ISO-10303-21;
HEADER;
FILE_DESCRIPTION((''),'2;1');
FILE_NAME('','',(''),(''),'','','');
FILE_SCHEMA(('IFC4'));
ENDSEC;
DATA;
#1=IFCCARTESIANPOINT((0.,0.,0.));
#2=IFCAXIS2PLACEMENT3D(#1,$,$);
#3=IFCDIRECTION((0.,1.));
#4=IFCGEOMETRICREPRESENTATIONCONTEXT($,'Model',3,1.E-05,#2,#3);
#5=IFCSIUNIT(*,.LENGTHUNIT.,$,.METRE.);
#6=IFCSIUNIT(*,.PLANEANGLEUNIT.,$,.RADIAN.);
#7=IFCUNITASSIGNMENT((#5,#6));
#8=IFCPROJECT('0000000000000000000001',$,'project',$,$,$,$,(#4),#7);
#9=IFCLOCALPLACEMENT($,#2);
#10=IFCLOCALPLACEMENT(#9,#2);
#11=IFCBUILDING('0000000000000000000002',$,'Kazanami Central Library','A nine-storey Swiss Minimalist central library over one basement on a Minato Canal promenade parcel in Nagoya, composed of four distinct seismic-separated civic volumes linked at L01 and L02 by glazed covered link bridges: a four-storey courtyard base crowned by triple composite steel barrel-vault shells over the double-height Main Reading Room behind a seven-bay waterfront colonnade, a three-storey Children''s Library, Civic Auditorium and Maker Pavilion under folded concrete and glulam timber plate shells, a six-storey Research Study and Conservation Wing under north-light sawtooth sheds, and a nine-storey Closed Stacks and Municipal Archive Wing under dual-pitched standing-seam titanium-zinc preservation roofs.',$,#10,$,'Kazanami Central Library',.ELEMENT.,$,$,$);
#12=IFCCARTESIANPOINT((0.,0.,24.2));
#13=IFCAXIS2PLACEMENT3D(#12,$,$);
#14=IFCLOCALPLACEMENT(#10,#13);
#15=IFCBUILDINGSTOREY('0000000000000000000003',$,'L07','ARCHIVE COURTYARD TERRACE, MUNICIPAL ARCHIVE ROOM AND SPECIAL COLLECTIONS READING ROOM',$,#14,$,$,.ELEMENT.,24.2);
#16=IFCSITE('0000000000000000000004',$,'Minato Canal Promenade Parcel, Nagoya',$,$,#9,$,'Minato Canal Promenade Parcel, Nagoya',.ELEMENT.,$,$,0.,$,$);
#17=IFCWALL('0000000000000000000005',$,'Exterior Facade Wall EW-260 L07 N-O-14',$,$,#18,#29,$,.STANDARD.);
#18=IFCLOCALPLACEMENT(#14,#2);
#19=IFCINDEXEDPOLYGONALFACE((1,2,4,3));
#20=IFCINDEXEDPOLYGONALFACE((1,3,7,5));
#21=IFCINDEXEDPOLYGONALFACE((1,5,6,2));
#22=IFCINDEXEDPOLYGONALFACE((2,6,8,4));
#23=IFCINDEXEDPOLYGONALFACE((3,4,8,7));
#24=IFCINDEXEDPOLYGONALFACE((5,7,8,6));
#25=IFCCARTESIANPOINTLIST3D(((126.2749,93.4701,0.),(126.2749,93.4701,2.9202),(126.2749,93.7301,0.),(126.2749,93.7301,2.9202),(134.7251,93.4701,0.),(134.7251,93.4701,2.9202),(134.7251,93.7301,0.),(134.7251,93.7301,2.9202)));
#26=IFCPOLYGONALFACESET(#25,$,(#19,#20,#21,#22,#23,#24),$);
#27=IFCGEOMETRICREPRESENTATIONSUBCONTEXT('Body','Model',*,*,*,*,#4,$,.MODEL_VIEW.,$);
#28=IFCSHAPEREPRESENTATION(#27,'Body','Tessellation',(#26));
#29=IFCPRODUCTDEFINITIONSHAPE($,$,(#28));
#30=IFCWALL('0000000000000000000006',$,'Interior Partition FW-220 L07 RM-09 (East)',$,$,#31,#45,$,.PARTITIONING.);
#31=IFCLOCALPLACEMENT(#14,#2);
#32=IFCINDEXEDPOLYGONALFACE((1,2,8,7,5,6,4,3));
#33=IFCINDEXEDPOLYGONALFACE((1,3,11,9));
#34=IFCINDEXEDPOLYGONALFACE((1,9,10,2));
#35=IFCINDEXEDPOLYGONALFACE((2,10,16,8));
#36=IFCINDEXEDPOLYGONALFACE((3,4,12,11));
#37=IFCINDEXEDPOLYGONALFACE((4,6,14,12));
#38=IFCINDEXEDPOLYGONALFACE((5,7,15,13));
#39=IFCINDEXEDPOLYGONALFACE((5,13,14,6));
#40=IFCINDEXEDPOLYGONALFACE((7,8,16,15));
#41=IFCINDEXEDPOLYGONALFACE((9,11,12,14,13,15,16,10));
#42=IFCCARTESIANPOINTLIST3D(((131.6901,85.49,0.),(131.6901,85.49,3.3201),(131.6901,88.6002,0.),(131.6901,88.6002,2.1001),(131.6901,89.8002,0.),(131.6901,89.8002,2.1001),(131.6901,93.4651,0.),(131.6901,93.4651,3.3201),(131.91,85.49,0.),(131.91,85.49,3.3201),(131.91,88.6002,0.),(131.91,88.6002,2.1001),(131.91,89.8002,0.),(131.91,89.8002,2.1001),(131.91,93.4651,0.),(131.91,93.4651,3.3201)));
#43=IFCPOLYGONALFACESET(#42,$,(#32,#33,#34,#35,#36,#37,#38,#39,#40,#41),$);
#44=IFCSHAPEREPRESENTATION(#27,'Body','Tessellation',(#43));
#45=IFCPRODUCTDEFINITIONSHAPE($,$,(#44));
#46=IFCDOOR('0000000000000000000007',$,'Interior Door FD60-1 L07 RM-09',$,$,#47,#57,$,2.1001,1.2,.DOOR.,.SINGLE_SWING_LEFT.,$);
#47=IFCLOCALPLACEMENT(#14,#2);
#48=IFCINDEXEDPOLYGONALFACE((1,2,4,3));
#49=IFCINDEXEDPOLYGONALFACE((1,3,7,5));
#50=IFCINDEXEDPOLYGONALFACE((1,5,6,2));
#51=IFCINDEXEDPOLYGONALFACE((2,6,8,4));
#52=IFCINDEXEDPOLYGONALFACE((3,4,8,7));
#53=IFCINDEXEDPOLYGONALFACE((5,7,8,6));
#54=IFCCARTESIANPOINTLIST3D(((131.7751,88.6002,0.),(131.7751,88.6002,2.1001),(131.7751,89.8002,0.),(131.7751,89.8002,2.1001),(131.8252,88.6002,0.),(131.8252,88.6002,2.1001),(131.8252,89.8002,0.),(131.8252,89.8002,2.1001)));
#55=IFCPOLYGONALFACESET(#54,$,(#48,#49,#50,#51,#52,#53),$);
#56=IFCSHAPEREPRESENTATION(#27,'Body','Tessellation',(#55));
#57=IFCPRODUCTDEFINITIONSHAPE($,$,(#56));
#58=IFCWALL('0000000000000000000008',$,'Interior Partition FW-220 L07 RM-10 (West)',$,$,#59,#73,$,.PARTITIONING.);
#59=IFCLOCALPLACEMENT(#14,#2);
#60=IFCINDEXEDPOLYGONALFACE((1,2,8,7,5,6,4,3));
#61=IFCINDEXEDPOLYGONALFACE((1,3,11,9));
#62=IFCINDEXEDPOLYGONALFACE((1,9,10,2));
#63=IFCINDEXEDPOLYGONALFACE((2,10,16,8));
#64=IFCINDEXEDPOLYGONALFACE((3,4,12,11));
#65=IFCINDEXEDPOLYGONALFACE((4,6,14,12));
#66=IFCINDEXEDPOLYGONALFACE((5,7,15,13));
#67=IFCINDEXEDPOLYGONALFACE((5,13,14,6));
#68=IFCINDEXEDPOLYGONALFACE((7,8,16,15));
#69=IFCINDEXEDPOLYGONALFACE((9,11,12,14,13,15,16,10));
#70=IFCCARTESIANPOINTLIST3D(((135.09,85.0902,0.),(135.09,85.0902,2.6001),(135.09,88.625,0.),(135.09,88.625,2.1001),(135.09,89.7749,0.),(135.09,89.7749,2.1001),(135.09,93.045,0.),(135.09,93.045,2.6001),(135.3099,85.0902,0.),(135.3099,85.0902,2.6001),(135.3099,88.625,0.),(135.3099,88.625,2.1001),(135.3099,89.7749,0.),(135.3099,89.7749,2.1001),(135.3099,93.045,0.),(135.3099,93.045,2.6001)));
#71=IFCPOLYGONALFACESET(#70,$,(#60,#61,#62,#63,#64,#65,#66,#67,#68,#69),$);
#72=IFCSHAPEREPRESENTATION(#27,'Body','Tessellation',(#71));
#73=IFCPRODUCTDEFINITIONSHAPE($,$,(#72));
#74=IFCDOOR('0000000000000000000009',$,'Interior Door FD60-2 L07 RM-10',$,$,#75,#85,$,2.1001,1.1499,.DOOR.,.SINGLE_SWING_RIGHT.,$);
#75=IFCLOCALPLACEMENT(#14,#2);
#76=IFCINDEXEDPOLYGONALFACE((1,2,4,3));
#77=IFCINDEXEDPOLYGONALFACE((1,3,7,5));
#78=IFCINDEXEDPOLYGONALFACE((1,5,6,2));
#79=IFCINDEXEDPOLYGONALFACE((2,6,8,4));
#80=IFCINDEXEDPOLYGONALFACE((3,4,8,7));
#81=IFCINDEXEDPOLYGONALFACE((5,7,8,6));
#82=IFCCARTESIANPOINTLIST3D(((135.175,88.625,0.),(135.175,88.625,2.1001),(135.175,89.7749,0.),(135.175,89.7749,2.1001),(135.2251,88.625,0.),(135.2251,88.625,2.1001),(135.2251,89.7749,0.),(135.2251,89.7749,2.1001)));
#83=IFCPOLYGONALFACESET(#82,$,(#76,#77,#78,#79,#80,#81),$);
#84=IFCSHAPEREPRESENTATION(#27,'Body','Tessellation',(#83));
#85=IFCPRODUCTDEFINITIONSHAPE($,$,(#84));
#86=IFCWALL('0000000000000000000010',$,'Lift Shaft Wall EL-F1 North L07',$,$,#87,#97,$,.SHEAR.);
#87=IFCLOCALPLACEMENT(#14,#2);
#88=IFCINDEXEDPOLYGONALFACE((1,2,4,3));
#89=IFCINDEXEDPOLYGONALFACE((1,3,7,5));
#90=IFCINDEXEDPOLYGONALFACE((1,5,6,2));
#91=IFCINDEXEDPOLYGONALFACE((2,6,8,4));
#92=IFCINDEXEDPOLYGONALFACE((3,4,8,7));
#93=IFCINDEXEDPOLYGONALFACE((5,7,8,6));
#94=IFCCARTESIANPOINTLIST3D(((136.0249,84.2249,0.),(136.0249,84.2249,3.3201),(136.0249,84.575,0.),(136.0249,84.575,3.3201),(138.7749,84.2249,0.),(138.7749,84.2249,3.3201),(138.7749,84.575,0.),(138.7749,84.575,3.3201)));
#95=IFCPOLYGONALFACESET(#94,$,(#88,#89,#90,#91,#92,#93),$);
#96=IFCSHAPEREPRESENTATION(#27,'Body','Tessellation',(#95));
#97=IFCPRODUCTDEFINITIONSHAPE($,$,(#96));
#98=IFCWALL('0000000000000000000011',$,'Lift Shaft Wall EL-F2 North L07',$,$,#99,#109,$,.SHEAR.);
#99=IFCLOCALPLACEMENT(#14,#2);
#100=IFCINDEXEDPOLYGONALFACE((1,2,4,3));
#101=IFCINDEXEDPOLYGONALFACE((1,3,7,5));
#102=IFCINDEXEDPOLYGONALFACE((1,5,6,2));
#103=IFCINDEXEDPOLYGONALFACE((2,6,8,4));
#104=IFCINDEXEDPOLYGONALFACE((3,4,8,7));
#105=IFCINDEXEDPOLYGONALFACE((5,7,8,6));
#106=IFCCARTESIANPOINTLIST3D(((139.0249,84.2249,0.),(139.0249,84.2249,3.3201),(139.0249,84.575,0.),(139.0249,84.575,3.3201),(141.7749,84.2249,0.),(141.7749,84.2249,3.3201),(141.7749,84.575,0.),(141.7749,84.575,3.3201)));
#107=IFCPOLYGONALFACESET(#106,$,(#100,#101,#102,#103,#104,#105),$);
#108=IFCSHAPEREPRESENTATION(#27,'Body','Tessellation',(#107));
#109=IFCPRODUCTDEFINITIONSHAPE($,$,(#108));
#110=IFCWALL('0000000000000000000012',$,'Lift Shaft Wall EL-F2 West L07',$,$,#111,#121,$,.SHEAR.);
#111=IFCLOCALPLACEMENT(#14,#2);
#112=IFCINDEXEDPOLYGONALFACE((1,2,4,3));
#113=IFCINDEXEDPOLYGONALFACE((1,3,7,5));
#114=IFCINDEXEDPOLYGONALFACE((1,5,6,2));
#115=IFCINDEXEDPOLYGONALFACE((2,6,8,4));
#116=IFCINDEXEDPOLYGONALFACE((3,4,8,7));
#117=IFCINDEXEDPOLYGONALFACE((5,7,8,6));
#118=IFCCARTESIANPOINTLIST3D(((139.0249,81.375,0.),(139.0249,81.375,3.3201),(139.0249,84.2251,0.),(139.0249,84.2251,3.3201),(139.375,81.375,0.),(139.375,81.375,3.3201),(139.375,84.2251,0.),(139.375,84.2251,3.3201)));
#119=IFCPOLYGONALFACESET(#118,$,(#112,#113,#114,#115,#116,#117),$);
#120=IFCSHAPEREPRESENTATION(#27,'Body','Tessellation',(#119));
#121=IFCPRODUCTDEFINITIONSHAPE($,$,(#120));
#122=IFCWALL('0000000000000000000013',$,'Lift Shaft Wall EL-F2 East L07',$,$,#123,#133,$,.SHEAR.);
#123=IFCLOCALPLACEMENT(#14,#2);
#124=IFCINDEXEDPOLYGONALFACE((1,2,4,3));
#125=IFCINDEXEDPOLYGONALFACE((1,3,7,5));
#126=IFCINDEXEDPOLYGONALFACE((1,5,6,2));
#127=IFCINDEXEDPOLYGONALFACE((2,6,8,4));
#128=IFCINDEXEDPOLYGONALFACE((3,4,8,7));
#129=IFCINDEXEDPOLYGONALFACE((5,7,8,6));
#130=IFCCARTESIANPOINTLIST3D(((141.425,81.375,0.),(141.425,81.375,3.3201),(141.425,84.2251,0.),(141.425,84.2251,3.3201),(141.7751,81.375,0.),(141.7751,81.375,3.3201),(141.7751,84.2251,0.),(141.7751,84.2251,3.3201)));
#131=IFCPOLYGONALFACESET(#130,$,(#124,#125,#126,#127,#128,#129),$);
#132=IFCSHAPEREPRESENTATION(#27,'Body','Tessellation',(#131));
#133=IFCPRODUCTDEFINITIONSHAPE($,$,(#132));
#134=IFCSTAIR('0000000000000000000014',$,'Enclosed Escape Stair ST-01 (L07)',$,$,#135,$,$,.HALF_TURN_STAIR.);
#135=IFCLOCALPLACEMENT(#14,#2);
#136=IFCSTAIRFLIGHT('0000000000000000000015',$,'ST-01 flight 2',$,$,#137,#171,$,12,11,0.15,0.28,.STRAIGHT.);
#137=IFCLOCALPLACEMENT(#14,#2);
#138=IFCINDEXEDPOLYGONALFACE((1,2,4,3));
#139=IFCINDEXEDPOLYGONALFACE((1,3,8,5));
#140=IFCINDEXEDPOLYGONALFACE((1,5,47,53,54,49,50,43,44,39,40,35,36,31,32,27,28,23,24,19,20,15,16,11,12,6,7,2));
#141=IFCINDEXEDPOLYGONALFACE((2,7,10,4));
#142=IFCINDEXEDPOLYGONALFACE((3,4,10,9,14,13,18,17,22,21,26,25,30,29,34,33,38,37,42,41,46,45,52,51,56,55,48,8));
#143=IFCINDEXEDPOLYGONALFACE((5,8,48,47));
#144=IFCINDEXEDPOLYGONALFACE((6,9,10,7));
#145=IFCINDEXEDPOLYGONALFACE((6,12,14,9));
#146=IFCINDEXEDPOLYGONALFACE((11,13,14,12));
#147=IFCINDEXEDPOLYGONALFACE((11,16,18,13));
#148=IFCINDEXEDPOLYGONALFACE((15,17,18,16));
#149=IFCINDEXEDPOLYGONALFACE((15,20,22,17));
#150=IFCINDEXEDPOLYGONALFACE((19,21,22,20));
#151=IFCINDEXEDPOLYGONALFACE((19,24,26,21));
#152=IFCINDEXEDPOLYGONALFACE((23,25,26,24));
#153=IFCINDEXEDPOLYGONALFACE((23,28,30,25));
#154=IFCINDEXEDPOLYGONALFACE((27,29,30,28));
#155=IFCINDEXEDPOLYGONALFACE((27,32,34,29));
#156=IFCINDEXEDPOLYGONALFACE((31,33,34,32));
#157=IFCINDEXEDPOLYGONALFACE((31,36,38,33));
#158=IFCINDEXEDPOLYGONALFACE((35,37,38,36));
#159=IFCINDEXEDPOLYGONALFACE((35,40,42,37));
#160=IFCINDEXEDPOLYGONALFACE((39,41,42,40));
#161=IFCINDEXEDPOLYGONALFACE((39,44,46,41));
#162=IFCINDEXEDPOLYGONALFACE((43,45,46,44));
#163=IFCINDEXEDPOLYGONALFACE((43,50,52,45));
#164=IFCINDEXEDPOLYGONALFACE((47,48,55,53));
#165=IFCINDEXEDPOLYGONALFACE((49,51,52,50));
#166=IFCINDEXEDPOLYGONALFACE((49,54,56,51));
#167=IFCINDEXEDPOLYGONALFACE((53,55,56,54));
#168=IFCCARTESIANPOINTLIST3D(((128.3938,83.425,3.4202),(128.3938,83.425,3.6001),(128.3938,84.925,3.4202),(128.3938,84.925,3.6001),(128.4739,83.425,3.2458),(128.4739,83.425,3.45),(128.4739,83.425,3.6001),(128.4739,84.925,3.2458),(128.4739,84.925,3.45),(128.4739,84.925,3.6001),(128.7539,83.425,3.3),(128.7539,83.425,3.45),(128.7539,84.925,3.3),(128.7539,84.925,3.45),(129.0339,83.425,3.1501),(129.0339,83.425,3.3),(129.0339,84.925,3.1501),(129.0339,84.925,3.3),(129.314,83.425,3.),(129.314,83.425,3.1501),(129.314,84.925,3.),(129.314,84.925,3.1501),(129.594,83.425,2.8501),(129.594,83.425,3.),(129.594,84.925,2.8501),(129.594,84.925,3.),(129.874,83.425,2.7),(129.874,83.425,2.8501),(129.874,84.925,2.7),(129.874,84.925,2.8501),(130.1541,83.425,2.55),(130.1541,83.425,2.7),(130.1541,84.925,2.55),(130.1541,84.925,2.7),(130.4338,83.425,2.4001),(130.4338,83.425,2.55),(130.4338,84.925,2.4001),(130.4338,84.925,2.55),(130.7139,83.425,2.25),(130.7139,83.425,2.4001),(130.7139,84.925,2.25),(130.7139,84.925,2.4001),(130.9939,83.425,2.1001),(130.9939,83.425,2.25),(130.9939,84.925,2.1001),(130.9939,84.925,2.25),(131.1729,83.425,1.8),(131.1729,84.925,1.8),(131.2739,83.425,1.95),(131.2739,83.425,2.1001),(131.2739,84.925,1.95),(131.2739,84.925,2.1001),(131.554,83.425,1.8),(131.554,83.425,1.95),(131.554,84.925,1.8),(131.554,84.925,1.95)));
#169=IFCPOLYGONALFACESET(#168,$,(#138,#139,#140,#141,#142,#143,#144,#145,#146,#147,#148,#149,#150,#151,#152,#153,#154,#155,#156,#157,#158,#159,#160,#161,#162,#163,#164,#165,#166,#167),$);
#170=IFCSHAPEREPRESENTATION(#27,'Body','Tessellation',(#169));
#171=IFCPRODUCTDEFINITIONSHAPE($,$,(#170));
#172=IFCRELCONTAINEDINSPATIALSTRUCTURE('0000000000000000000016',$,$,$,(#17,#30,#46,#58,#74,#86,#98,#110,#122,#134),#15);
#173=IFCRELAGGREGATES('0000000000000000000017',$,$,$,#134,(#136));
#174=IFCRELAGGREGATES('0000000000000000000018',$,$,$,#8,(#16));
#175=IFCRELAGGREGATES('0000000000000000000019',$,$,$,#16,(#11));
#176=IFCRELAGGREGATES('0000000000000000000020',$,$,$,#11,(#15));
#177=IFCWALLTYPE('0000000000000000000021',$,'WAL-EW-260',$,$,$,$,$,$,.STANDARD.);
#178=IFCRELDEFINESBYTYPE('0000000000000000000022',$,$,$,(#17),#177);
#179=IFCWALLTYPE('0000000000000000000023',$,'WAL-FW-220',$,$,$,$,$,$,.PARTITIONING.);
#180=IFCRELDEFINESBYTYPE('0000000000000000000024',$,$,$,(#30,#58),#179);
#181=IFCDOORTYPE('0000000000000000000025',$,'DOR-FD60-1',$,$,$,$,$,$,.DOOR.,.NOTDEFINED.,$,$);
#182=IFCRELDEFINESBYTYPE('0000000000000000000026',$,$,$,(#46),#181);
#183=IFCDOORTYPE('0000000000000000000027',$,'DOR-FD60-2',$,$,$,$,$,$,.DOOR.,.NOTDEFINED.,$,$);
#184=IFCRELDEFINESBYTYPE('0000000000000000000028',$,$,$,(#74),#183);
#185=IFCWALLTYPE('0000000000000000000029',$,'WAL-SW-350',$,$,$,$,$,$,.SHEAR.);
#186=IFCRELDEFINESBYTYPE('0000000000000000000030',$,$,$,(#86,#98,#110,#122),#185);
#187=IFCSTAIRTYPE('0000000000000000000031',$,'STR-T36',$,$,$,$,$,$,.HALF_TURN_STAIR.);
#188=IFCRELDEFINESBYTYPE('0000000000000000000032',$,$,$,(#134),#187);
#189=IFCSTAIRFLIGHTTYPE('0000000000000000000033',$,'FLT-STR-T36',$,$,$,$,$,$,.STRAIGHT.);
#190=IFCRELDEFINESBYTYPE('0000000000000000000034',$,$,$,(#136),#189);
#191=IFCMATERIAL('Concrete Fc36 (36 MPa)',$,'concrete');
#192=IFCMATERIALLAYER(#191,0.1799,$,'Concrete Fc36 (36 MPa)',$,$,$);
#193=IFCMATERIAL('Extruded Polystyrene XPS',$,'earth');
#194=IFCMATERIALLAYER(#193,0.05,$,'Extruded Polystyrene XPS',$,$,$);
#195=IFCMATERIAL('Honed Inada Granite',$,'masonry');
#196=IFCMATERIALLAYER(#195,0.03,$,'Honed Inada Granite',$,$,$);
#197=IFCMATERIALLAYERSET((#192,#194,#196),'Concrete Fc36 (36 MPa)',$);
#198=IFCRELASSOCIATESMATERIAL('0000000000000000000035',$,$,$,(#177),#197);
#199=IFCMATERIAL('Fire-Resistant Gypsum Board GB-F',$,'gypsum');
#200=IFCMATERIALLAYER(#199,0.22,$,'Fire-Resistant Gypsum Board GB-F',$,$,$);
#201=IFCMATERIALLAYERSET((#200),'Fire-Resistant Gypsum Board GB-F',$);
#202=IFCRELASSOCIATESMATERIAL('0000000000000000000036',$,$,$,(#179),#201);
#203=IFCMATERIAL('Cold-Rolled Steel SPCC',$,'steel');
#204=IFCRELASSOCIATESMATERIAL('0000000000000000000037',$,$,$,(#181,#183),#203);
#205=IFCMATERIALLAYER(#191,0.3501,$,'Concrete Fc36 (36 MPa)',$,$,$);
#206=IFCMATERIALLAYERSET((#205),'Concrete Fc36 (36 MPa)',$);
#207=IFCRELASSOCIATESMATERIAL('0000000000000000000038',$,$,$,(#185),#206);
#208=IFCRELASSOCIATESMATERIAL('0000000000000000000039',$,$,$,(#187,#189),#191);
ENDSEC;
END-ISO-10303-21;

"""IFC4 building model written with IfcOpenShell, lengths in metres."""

from ifc_helpers import new_model, si_unit, direction, frame, frame_2d, origin, place, context, subcontext, project, spatial, polyline, rectangle, outline, extrude, material, layer, layer_set, type_object, element, fill, aggregate, save


model = new_model("IFC4")

# Units and contexts
model_context = context("Model", 3, precision=1e-05, world=origin(), true_north=direction((0.0, 1.0)))
body_context = subcontext(model_context, "Body", "Model", "MODEL_VIEW")
ifc_project = project(units=[si_unit("LENGTHUNIT", "METRE"), si_unit("PLANEANGLEUNIT", "RADIAN")], contexts=[model_context])

# Site, building, storey
site_placement = place(None, origin())
site = spatial("IfcSite", under=ifc_project, at=site_placement, Name="Minato Canal Promenade Parcel, Nagoya", LongName="Minato Canal Promenade Parcel, Nagoya", CompositionType="ELEMENT", RefElevation=0.0)
building_placement = place(site_placement, origin())
building = spatial("IfcBuilding", under=site, at=building_placement, Name="Kazanami Central Library", Description="A nine-storey Swiss Minimalist central library over one basement on a Minato Canal promenade parcel in Nagoya, composed of four distinct seismic-separated civic volumes linked at L01 and L02 by glazed covered link bridges: a four-storey courtyard base crowned by triple composite steel barrel-vault shells over the double-height Main Reading Room behind a seven-bay waterfront colonnade, a three-storey Children's Library, Civic Auditorium and Maker Pavilion under folded concrete and glulam timber plate shells, a six-storey Research Study and Conservation Wing under north-light sawtooth sheds, and a nine-storey Closed Stacks and Municipal Archive Wing under dual-pitched standing-seam titanium-zinc preservation roofs.", LongName="Kazanami Central Library", CompositionType="ELEMENT")
storey_placement = place(building_placement, frame((0.0, 0.0, 24.2)))
storey = spatial("IfcBuildingStorey", under=building, at=storey_placement, Name="L07", Description="ARCHIVE COURTYARD TERRACE, MUNICIPAL ARCHIVE ROOM AND SPECIAL COLLECTIONS READING ROOM", CompositionType="ELEMENT", Elevation=24.2)

# Wall
ifc_material_1 = material(Name="Concrete Fc36 (36 MPa)", Category="concrete")
ifc_layer_1 = layer(ifc_material_1, 0.1799, Name="Concrete Fc36 (36 MPa)")
ifc_material_2 = material(Name="Extruded Polystyrene XPS", Category="earth")
ifc_layer_2 = layer(ifc_material_2, 0.05, Name="Extruded Polystyrene XPS")
ifc_material_3 = material(Name="Honed Inada Granite", Category="masonry")
ifc_layer_3 = layer(ifc_material_3, 0.03, Name="Honed Inada Granite")
ifc_layer_set_1 = layer_set([ifc_layer_1, ifc_layer_2, ifc_layer_3], Name="Concrete Fc36 (36 MPa)")
wall_type_1 = type_object("IfcWallType", Name="WAL-EW-260", PredefinedType="STANDARD", material=ifc_layer_set_1)
wall_1_placement = place(storey_placement, frame((134.7251, 93.6001, 0.0), z_axis=(0.0, 0.0, 1.0), x_axis=(-1.0, 0.0, 0.0)))
element("IfcWall", 1, at=wall_1_placement, inside=storey, type_object=wall_type_1, Name="Exterior Facade Wall EW-260 L07 N-O-14", PredefinedType="STANDARD", context=body_context, shape_type="SweptSolid", body=[
    extrude(rectangle(XDim=8.4502, YDim=0.26, at=frame_2d((4.2251, 0.0))), origin(), (0.0, 0.0, 1.0), 2.9202),
])

# Walls, openings, doors
ifc_material_4 = material(Name="Fire-Resistant Gypsum Board GB-F", Category="gypsum")
ifc_layer_4 = layer(ifc_material_4, 0.22, Name="Fire-Resistant Gypsum Board GB-F")
ifc_layer_set_2 = layer_set([ifc_layer_4], Name="Fire-Resistant Gypsum Board GB-F")
wall_type_2 = type_object("IfcWallType", Name="WAL-FW-220", PredefinedType="PARTITIONING", material=ifc_layer_set_2)
wall_2_placement = place(storey_placement, frame((131.8, 85.49, 0.0), z_axis=(0.0, 0.0, 1.0), x_axis=(0.0, 1.0, 0.0)))
wall_2 = element("IfcWall", 2, at=wall_2_placement, inside=storey, type_object=wall_type_2, Name="Interior Partition FW-220 L07 RM-09 (East)", PredefinedType="PARTITIONING", context=body_context, shape_type="SweptSolid", body=[
    extrude(rectangle(XDim=7.9751, YDim=0.22, at=frame_2d((3.9875, 0.0))), origin(), (0.0, 0.0, 1.0), 3.3201),
])
opening_1_placement = place(wall_2_placement, frame((3.1101, 0.0, 0.0)))
opening_1 = element("IfcOpeningElement", 3, at=opening_1_placement, cuts=wall_2, PredefinedType="OPENING", context=body_context, shape_type="SweptSolid", body=[
    extrude(rectangle(XDim=1.2, YDim=2.1001, at=frame_2d((0.6001, 1.05))), frame((0.0, 0.1221, 0.0), z_axis=(0.0, -1.0, 0.0), x_axis=(1.0, 0.0, 0.0)), (0.0, 0.0, 1.0), 0.2439),
])
ifc_material_5 = material(Name="Cold-Rolled Steel SPCC", Category="steel")
door_type_1 = type_object("IfcDoorType", Name="DOR-FD60-1", OperationType="NOTDEFINED", PredefinedType="DOOR", material=ifc_material_5)
door_1_placement = place(opening_1_placement, origin())
door_1 = element("IfcDoor", 4, at=door_1_placement, inside=storey, type_object=door_type_1, Name="Interior Door FD60-1 L07 RM-09", OperationType="SINGLE_SWING_LEFT", OverallHeight=2.1001, OverallWidth=1.2, PredefinedType="DOOR", context=body_context, shape_type="SweptSolid", body=[
    extrude(rectangle(XDim=1.2, YDim=2.1001, at=frame_2d((0.6001, 1.05))), frame((0.0, 0.0249, 0.0), z_axis=(0.0, -1.0, 0.0), x_axis=(1.0, 0.0, 0.0)), (0.0, 0.0, 1.0), 0.05),
])
fill(opening_1, door_1)
wall_3_placement = place(storey_placement, frame((135.2, 85.0901, 0.0), z_axis=(0.0, 0.0, 1.0), x_axis=(0.0, 1.0, 0.0)))
wall_3 = element("IfcWall", 5, at=wall_3_placement, inside=storey, type_object=wall_type_2, Name="Interior Partition FW-220 L07 RM-10 (West)", PredefinedType="PARTITIONING", context=body_context, shape_type="SweptSolid", body=[
    extrude(rectangle(XDim=7.9548, YDim=0.22, at=frame_2d((3.9775, 0.0))), origin(), (0.0, 0.0, 1.0), 2.6001),
])
opening_2_placement = place(wall_3_placement, frame((3.5349, 0.0, 0.0)))
opening_2 = element("IfcOpeningElement", 6, at=opening_2_placement, cuts=wall_3, PredefinedType="OPENING", context=body_context, shape_type="SweptSolid", body=[
    extrude(rectangle(XDim=1.1499, YDim=2.1001, at=frame_2d((0.575, 1.05))), frame((0.0, 0.1221, 0.0), z_axis=(0.0, -1.0, 0.0), x_axis=(1.0, 0.0, 0.0)), (0.0, 0.0, 1.0), 0.2439),
])
door_type_2 = type_object("IfcDoorType", Name="DOR-FD60-2", OperationType="NOTDEFINED", PredefinedType="DOOR", material=ifc_material_5)
door_2_placement = place(opening_2_placement, origin())
door_2 = element("IfcDoor", 7, at=door_2_placement, inside=storey, type_object=door_type_2, Name="Interior Door FD60-2 L07 RM-10", OperationType="SINGLE_SWING_RIGHT", OverallHeight=2.1001, OverallWidth=1.1499, PredefinedType="DOOR", context=body_context, shape_type="SweptSolid", body=[
    extrude(rectangle(XDim=1.1499, YDim=2.1001, at=frame_2d((0.575, 1.05))), frame((0.0, 0.0249, 0.0), z_axis=(0.0, -1.0, 0.0), x_axis=(1.0, 0.0, 0.0)), (0.0, 0.0, 1.0), 0.05),
])
fill(opening_2, door_2)

# Walls
ifc_layer_5 = layer(ifc_material_1, 0.3501, Name="Concrete Fc36 (36 MPa)")
ifc_layer_set_3 = layer_set([ifc_layer_5], Name="Concrete Fc36 (36 MPa)")
wall_type_3 = type_object("IfcWallType", Name="WAL-SW-350", PredefinedType="SHEAR", material=ifc_layer_set_3)
for number, where, z_axis, x_axis, name in (
    (8, (136.0249, 84.3999, 0.0), (0.0, 0.0, 1.0), (1.0, 0.0, 0.0), "Lift Shaft Wall EL-F1 North L07"),
    (9, (139.0249, 84.3999, 0.0), (0.0, 0.0, 1.0), (1.0, 0.0, 0.0), "Lift Shaft Wall EL-F2 North L07"),
):
    element("IfcWall", number, at=place(storey_placement, frame(where, z_axis=z_axis, x_axis=x_axis)), inside=storey, type_object=wall_type_3, Name=name, PredefinedType="SHEAR", context=body_context, shape_type="SweptSolid", body=[
        extrude(rectangle(XDim=2.75, YDim=0.3501, at=frame_2d((1.375, 0.0))), origin(), (0.0, 0.0, 1.0), 3.3201),
    ])
for number, where, z_axis, x_axis, name in (
    (10, (139.2, 81.375, 0.0), (0.0, 0.0, 1.0), (0.0, 1.0, 0.0), "Lift Shaft Wall EL-F2 West L07"),
    (11, (141.6001, 81.375, 0.0), (0.0, 0.0, 1.0), (0.0, 1.0, 0.0), "Lift Shaft Wall EL-F2 East L07"),
):
    element("IfcWall", number, at=place(storey_placement, frame(where, z_axis=z_axis, x_axis=x_axis)), inside=storey, type_object=wall_type_3, Name=name, PredefinedType="SHEAR", context=body_context, shape_type="SweptSolid", body=[
        extrude(rectangle(XDim=2.8501, YDim=0.3501, at=frame_2d((1.425, 0.0))), origin(), (0.0, 0.0, 1.0), 3.3201),
    ])

# Stair, stair flight
stair_type = type_object("IfcStairType", Name="STR-T36", PredefinedType="HALF_TURN_STAIR", material=ifc_material_1)
stair_placement = place(storey_placement, origin())
stair = element("IfcStair", 12, at=stair_placement, inside=storey, type_object=stair_type, Name="Enclosed Escape Stair ST-01 (L07)", PredefinedType="HALF_TURN_STAIR")
stair_flight_type = type_object("IfcStairFlightType", Name="FLT-STR-T36", PredefinedType="STRAIGHT", material=ifc_material_1)
stair_flight_placement = place(storey_placement, frame((131.554, 84.175, 1.8), z_axis=(0.0, 0.0, 1.0), x_axis=(-1.0, 0.0, 0.0)))
stair_flight = element("IfcStairFlight", 13, at=stair_flight_placement, type_object=stair_flight_type, Name="ST-01 flight 2", NumberOfRisers=12, NumberOfTreads=11, PredefinedType="STRAIGHT", RiserHeight=0.15, TreadLength=0.28, context=body_context, shape_type="SweptSolid", body=[
    extrude(outline(polyline([(0.0, 0.0), (0.0, 0.1499), (0.28, 0.1499), (0.28, 0.3), (0.5601, 0.3), (0.5601, 0.45), (0.8401, 0.45), (0.8401, 0.6001), (1.1201, 0.6001), (1.1201, 0.75), (1.3999, 0.75), (1.3999, 0.8999), (1.6799, 0.8999), (1.6799, 1.05), (1.96, 1.05), (1.96, 1.2), (2.24, 1.2), (2.24, 1.3501), (2.52, 1.3501), (2.52, 1.5), (2.8, 1.5), (2.8, 1.6499), (3.0801, 1.6499), (3.0801, 1.8), (3.1602, 1.8), (3.1602, 1.6201), (3.0801, 1.4458), (0.3811, 0.0), (0.0, 0.0)])), frame((0.0, 0.75, 0.0), z_axis=(0.0, -1.0, 0.0), x_axis=(1.0, 0.0, 0.0)), (0.0, 0.0, 1.0), 1.5),
])
aggregate(stair, [stair_flight])

save(model, "model.ifc")
